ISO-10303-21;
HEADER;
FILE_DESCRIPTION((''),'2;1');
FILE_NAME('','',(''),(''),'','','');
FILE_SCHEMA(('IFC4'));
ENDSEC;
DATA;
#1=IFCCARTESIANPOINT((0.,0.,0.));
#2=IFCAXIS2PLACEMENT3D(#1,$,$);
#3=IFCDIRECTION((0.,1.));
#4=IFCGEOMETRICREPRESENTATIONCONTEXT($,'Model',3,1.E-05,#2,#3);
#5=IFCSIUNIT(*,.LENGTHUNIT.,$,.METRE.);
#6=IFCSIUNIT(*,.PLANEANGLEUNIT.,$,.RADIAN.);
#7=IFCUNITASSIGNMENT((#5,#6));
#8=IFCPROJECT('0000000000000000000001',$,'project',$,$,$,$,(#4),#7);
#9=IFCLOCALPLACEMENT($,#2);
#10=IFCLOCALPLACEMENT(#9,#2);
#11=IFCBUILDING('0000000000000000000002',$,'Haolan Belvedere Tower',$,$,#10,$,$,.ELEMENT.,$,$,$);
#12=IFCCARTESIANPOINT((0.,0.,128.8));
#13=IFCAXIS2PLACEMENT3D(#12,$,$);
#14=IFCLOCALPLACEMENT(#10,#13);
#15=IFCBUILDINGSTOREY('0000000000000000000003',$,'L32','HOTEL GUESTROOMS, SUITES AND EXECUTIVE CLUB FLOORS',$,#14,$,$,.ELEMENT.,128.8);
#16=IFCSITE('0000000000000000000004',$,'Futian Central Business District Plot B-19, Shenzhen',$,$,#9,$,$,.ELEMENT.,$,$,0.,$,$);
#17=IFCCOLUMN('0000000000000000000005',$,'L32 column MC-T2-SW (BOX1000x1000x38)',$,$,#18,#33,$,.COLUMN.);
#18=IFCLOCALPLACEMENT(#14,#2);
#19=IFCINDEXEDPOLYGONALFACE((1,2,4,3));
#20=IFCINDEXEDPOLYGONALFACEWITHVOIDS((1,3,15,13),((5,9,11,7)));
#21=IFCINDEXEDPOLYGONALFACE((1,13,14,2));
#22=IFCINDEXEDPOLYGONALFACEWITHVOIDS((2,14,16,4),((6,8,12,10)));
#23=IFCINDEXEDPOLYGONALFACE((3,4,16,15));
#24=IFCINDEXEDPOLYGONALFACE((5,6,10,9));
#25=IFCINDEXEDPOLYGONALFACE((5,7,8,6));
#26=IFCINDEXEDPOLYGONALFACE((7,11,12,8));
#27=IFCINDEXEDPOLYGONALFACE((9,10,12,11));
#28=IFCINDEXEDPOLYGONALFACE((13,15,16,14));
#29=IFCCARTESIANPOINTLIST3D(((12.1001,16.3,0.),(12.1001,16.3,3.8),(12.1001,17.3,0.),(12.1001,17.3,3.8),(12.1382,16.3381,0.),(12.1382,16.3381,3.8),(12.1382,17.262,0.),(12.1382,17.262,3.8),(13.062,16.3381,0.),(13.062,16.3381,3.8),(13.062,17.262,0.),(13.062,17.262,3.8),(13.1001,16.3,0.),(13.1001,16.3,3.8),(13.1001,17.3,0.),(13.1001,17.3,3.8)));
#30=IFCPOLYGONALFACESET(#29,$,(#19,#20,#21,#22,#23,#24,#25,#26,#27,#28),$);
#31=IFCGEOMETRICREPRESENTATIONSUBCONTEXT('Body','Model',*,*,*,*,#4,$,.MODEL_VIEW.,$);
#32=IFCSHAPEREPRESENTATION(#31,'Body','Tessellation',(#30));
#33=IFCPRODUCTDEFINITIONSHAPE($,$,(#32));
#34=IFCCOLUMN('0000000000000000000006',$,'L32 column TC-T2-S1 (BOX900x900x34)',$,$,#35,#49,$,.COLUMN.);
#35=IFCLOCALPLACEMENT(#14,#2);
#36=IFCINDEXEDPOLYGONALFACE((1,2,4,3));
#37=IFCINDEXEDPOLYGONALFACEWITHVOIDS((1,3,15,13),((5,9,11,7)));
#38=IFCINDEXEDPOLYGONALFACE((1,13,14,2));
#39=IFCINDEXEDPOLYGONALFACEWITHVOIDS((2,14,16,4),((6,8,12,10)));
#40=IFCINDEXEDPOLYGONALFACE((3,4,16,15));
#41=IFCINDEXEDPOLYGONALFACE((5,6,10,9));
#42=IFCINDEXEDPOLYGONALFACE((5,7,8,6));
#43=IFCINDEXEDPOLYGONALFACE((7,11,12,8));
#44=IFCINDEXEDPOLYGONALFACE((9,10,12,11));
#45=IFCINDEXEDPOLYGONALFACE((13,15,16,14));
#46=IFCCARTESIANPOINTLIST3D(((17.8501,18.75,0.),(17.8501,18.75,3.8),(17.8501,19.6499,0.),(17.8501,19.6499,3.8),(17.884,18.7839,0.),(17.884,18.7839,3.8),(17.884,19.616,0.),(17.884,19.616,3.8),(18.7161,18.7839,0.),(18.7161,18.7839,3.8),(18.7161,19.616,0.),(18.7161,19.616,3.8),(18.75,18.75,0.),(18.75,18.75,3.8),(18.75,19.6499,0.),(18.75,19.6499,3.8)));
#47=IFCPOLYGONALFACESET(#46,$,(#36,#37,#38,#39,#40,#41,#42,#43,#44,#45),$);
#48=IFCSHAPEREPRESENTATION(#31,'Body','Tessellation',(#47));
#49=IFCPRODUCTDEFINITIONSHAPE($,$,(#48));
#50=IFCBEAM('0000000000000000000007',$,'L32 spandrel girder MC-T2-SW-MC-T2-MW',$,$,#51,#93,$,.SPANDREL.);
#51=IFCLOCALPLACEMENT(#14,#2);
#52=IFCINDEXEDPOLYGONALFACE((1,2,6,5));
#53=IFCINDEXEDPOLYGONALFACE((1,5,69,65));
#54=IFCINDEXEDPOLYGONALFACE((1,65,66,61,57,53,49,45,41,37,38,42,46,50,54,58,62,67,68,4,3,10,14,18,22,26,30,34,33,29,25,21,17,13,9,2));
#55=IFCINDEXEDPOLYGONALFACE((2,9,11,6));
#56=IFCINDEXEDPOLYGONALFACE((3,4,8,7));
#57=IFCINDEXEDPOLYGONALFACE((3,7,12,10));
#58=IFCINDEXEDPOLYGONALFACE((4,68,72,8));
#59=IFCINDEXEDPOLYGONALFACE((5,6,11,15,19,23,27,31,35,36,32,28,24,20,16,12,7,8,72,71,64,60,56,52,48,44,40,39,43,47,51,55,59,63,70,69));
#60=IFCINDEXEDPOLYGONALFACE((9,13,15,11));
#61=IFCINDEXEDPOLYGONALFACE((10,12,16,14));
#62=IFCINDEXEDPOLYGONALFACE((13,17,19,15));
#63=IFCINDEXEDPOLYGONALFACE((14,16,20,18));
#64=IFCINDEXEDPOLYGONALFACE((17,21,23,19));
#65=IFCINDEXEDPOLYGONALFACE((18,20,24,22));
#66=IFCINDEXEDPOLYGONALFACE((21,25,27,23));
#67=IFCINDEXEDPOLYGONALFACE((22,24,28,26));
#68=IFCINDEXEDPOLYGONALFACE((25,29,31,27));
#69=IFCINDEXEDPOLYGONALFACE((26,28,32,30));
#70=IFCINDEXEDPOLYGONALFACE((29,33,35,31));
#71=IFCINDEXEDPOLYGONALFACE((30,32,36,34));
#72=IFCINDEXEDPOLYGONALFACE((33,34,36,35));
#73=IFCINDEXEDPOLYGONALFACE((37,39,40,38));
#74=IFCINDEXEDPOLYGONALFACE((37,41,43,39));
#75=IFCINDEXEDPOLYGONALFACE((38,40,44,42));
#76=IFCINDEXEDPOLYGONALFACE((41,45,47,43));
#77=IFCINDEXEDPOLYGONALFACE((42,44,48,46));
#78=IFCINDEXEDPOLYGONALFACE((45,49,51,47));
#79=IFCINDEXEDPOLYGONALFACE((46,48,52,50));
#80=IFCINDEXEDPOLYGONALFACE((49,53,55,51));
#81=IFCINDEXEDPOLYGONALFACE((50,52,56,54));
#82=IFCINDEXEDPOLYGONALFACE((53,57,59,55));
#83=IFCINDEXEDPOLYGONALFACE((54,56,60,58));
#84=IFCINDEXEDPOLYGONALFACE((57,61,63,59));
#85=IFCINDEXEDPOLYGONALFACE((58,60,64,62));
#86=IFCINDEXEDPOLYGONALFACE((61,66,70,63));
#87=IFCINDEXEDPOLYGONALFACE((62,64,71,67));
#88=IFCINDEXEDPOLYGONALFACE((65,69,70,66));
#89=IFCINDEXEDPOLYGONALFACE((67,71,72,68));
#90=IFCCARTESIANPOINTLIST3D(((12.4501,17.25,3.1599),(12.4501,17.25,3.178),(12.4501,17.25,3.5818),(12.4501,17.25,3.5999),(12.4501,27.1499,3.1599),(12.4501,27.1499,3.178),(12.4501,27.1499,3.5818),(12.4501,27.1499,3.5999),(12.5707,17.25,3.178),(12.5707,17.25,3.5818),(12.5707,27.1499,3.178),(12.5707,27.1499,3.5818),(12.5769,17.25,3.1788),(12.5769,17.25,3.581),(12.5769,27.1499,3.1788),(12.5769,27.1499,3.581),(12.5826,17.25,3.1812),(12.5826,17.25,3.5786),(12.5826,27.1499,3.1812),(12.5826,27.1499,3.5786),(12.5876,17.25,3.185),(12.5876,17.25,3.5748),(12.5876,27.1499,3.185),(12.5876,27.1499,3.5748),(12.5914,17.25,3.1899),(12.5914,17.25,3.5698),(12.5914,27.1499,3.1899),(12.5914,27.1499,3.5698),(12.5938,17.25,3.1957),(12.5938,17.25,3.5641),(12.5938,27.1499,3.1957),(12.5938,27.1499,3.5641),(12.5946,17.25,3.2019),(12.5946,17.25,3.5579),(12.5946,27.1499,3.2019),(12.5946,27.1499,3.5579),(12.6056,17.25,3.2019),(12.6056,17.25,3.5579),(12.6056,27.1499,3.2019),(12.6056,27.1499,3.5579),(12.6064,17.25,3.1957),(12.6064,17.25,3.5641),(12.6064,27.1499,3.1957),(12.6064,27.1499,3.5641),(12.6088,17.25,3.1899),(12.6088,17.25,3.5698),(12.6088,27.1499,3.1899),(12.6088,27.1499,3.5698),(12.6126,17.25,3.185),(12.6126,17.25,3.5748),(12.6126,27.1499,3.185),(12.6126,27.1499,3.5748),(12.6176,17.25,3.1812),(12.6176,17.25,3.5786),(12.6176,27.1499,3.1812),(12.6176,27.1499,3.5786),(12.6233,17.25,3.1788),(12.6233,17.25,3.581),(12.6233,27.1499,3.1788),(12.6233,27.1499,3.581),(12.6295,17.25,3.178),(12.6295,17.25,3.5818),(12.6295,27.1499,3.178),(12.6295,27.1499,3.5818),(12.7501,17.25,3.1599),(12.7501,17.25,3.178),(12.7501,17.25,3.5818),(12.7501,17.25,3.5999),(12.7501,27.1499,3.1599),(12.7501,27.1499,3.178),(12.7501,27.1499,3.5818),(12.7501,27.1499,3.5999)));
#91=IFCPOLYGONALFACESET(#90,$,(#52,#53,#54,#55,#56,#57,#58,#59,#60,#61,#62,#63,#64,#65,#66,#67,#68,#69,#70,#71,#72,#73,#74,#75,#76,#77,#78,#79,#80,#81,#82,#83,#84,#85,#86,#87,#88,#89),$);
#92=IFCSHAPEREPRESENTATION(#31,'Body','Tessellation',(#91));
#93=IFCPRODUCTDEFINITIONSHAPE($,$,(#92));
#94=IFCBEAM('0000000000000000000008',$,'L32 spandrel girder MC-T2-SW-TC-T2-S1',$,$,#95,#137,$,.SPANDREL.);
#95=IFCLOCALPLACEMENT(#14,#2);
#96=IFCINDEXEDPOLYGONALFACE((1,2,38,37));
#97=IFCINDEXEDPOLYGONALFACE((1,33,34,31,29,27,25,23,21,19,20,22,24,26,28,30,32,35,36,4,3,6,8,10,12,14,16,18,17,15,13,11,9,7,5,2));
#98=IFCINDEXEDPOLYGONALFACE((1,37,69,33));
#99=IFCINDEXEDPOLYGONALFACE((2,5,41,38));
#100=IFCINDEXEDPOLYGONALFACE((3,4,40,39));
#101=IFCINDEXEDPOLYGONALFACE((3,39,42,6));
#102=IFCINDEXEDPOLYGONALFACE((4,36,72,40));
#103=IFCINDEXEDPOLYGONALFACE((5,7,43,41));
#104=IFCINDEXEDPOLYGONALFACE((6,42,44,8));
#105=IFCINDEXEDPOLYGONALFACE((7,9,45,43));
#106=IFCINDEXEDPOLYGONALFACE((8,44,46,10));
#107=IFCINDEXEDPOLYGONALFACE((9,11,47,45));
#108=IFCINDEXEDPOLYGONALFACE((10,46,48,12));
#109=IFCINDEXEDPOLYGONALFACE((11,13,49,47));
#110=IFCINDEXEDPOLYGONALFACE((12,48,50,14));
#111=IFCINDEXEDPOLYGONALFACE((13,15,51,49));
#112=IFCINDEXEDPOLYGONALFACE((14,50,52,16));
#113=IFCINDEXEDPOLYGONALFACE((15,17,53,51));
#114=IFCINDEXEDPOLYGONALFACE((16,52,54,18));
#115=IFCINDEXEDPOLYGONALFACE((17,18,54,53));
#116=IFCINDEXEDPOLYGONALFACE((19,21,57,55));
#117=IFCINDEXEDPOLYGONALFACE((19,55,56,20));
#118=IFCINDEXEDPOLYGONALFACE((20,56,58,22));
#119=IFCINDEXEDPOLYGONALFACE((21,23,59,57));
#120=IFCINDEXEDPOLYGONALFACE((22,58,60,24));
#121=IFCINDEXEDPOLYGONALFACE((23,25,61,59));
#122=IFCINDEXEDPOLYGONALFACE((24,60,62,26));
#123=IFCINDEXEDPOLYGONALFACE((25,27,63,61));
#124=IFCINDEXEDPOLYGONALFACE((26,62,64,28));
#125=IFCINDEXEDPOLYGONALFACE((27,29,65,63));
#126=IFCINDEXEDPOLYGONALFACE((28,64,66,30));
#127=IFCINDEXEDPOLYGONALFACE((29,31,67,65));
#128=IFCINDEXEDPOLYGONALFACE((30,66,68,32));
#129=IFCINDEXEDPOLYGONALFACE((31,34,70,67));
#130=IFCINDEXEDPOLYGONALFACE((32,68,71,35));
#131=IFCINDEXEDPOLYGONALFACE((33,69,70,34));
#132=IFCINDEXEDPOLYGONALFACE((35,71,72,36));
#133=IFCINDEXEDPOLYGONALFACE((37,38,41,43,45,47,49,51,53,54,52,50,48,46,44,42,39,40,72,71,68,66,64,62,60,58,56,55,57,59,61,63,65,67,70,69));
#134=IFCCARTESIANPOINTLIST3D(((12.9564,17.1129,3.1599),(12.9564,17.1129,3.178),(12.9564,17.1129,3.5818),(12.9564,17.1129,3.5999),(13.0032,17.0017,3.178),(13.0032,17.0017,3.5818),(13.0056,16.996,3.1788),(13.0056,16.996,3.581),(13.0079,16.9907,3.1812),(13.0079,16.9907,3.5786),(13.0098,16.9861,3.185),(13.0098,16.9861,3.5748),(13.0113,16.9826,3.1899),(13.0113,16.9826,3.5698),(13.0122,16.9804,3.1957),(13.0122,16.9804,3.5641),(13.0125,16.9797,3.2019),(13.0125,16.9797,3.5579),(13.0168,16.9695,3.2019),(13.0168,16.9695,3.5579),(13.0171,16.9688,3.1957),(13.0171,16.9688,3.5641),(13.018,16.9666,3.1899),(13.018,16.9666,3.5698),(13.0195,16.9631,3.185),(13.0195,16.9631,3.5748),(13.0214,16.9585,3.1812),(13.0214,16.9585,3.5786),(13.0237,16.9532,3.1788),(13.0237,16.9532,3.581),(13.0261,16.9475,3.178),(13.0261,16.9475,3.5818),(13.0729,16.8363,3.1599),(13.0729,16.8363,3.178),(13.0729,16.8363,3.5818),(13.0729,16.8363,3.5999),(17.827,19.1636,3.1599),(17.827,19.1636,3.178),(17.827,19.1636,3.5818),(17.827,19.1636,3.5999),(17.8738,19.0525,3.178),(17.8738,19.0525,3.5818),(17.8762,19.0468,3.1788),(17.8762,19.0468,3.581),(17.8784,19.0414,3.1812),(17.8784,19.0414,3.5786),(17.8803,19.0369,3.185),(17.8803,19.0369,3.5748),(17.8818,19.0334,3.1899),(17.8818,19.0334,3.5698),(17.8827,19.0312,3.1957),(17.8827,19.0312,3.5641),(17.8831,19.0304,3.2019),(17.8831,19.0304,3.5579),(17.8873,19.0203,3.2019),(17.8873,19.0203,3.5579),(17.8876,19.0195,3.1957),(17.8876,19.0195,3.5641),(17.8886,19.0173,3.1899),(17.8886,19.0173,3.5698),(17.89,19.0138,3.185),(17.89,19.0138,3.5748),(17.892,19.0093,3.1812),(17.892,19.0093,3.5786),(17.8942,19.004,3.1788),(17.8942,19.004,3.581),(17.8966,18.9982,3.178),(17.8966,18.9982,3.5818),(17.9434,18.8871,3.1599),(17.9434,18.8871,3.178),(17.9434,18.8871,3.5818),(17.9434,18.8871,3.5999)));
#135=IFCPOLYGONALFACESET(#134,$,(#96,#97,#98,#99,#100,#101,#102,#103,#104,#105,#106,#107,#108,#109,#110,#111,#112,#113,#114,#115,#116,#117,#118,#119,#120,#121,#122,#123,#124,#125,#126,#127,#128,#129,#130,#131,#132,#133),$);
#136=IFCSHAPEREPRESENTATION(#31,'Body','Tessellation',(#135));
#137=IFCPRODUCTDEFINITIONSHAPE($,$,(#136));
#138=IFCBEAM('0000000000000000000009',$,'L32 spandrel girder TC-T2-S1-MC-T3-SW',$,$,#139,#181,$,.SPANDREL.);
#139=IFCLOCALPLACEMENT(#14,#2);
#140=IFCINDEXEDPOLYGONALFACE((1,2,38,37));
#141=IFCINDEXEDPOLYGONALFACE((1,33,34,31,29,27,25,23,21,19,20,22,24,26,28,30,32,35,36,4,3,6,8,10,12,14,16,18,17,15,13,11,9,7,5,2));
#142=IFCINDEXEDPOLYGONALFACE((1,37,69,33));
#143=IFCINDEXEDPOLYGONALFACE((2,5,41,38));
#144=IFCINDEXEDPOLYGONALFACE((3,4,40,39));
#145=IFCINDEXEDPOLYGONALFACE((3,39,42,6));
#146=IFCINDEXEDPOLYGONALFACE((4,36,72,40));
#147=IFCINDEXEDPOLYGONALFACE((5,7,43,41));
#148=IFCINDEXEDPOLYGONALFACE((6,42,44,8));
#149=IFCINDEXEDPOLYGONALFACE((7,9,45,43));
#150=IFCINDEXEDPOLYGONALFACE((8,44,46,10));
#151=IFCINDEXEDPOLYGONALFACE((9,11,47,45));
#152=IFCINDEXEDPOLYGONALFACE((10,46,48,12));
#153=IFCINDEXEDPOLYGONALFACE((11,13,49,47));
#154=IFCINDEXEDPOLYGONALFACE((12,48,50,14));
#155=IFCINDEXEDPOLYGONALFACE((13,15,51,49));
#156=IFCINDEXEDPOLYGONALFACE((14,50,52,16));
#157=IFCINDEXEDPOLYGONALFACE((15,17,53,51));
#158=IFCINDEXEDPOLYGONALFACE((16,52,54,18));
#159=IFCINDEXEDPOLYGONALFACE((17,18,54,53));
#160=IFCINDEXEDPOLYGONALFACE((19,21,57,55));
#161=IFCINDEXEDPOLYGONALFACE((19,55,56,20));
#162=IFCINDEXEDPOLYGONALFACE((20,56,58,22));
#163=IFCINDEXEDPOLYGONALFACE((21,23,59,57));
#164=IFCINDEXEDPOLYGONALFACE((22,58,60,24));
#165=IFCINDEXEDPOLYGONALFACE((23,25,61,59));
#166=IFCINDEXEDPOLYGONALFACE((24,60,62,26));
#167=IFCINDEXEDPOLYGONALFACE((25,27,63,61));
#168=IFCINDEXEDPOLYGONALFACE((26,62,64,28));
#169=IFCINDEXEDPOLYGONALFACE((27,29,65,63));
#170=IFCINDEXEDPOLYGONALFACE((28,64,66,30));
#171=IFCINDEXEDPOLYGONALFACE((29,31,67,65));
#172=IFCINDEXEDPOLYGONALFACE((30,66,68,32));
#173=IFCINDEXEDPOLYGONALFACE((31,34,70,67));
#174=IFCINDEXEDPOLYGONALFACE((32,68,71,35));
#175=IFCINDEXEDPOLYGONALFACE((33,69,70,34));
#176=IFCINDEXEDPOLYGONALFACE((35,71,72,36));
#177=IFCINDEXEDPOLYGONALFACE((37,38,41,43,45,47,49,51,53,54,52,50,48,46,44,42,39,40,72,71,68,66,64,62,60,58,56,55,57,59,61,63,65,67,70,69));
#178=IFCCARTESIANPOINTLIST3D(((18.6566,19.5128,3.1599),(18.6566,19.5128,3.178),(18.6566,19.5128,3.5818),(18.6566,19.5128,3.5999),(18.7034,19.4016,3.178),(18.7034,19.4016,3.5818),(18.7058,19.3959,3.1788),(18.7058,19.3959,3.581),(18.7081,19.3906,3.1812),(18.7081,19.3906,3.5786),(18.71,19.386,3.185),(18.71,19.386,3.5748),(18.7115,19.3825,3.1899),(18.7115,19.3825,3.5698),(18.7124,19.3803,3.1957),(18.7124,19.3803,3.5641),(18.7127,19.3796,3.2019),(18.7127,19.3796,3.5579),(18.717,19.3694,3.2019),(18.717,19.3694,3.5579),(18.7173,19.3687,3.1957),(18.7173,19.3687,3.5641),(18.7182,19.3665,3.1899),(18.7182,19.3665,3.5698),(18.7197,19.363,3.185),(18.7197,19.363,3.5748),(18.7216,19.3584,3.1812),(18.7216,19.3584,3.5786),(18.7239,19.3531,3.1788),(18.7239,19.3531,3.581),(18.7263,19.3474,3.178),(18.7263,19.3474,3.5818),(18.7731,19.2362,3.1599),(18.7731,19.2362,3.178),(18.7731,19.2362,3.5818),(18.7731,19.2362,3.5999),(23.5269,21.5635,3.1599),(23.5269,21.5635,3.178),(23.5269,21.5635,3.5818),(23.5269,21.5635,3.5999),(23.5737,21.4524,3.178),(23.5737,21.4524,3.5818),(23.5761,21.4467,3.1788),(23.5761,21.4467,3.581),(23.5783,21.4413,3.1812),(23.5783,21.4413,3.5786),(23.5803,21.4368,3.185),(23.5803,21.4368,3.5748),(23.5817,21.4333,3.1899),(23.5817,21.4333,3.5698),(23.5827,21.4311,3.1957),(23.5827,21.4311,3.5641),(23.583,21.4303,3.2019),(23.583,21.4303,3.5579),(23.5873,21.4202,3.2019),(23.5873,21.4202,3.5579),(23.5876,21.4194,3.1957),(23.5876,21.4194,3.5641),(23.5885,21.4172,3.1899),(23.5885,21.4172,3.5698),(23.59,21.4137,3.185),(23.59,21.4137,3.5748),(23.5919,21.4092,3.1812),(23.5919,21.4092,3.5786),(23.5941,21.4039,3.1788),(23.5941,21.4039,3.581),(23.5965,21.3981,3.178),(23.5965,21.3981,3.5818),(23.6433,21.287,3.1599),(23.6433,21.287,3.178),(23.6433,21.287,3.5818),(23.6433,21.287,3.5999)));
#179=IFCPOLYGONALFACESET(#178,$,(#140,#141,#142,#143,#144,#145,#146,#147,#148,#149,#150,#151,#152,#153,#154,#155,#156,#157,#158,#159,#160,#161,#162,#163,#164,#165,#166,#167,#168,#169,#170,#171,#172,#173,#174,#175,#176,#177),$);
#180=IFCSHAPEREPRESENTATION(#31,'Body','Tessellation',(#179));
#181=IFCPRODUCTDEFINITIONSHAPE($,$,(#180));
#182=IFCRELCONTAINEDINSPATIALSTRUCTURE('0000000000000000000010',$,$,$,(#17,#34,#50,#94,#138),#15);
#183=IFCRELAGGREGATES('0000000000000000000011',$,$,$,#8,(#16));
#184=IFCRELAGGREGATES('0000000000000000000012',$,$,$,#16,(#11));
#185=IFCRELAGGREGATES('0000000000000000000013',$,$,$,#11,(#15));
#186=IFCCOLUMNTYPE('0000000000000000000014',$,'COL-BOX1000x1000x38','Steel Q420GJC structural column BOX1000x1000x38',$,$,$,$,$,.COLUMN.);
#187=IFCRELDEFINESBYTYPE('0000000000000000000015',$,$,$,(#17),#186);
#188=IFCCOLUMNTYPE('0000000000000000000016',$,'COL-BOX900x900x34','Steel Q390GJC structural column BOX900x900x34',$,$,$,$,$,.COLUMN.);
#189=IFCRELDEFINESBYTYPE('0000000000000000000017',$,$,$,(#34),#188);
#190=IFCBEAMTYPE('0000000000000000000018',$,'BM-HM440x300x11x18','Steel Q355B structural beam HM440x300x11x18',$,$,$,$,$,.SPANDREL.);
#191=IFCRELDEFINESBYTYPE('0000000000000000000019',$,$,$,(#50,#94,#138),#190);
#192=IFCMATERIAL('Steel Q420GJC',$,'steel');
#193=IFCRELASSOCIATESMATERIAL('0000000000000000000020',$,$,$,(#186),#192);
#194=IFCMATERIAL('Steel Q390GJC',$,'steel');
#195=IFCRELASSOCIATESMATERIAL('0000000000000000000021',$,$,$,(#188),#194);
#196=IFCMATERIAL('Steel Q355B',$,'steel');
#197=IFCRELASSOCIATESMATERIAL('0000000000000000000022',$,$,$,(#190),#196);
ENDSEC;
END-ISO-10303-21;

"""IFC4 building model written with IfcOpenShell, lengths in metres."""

from ifc_helpers import new_model, si_unit, direction, frame, origin, origin_2d, place, context, subcontext, project, spatial, hollow_rectangle, i_section, extrude, material, material_profile, profile_set, type_object, element, save


model = new_model("IFC4")

# Units and contexts
model_context = context("Model", 3, precision=1e-05, world=origin(), true_north=direction((0.0, 1.0)))
body_context = subcontext(model_context, "Body", "Model", "MODEL_VIEW")
ifc_project = project(units=[si_unit("LENGTHUNIT", "METRE"), si_unit("PLANEANGLEUNIT", "RADIAN")], contexts=[model_context])

# Site, building, storey
site_placement = place(None, origin())
site = spatial("IfcSite", under=ifc_project, at=site_placement, Name="Futian Central Business District Plot B-19, Shenzhen", CompositionType="ELEMENT", RefElevation=0.0)
building_placement = place(site_placement, origin())
building = spatial("IfcBuilding", under=site, at=building_placement, Name="Haolan Belvedere Tower", CompositionType="ELEMENT")
storey_placement = place(building_placement, frame((0.0, 0.0, 128.8)))
storey = spatial("IfcBuildingStorey", under=building, at=storey_placement, Name="L32", Description="HOTEL GUESTROOMS, SUITES AND EXECUTIVE CLUB FLOORS", CompositionType="ELEMENT", Elevation=128.8)

# Columns
ifc_material_1 = material(Name="Steel Q420GJC", Category="steel")
ifc_material_profile_1 = material_profile(ifc_material_1, hollow_rectangle(XDim=1.0, YDim=1.0, WallThickness=0.0381, at=origin_2d()), Name="Steel Q420GJC")
ifc_profile_set_1 = profile_set([ifc_material_profile_1], Name="Steel Q420GJC")
column_type_1 = type_object("IfcColumnType", Name="COL-BOX1000x1000x38", Description="Steel Q420GJC structural column BOX1000x1000x38", PredefinedType="COLUMN", material=ifc_profile_set_1)
column_1_placement = place(storey_placement, frame((12.6001, 16.8, 0.0), z_axis=(0.0, 0.0, 1.0), x_axis=(1.0, 0.0, 0.0)))
element("IfcColumn", 1, at=column_1_placement, inside=storey, type_object=column_type_1, Name="L32 column MC-T2-SW (BOX1000x1000x38)", PredefinedType="COLUMN", context=body_context, shape_type="SweptSolid", body=[
    extrude(hollow_rectangle(XDim=1.0, YDim=1.0, WallThickness=0.0381, at=origin_2d()), origin(), (0.0, 0.0, 1.0), 3.8),
])
ifc_material_2 = material(Name="Steel Q390GJC", Category="steel")
ifc_material_profile_2 = material_profile(ifc_material_2, hollow_rectangle(XDim=0.8999, YDim=0.8999, WallThickness=0.0339, at=origin_2d()), Name="Steel Q390GJC")
ifc_profile_set_2 = profile_set([ifc_material_profile_2], Name="Steel Q390GJC")
column_type_2 = type_object("IfcColumnType", Name="COL-BOX900x900x34", Description="Steel Q390GJC structural column BOX900x900x34", PredefinedType="COLUMN", material=ifc_profile_set_2)
column_2_placement = place(storey_placement, frame((18.3, 19.2, 0.0), z_axis=(0.0, 0.0, 1.0), x_axis=(1.0, 0.0, 0.0)))
element("IfcColumn", 2, at=column_2_placement, inside=storey, type_object=column_type_2, Name="L32 column TC-T2-S1 (BOX900x900x34)", PredefinedType="COLUMN", context=body_context, shape_type="SweptSolid", body=[
    extrude(hollow_rectangle(XDim=0.8999, YDim=0.8999, WallThickness=0.0339, at=origin_2d()), origin(), (0.0, 0.0, 1.0), 3.8),
])

# Beams
ifc_material_3 = material(Name="Steel Q355B", Category="steel")
ifc_material_profile_3 = material_profile(ifc_material_3, i_section(OverallWidth=0.3, OverallDepth=0.4399, WebThickness=0.011, FlangeThickness=0.0181, FilletRadius=0.0239, at=origin_2d()), Name="Steel Q355B")
ifc_profile_set_3 = profile_set([ifc_material_profile_3], Name="Steel Q355B")
beam_type_1 = type_object("IfcBeamType", Name="BM-HM440x300x11x18", Description="Steel Q355B structural beam HM440x300x11x18", PredefinedType="SPANDREL", material=ifc_profile_set_3)
beam_1_placement = place(storey_placement, frame((12.6001, 17.25, 3.3799), z_axis=(0.0, 1.0, 0.0), x_axis=(-1.0, 0.0, 0.0)))
element("IfcBeam", 3, at=beam_1_placement, inside=storey, type_object=beam_type_1, Name="L32 spandrel girder MC-T2-SW-MC-T2-MW", PredefinedType="SPANDREL", context=body_context, shape_type="SweptSolid", body=[
    extrude(i_section(OverallWidth=0.3, OverallDepth=0.4399, WebThickness=0.011, FlangeThickness=0.0181, FilletRadius=0.0239, at=origin_2d()), origin(), (0.0, 0.0, 1.0), 9.8999),
])
beam_2_placement = place(storey_placement, frame((13.0146, 16.9746, 3.3799), z_axis=(0.921635, 0.388057, 0.0), x_axis=(-0.388057, 0.921635, 0.0)))
element("IfcBeam", 4, at=beam_2_placement, inside=storey, type_object=beam_type_1, Name="L32 spandrel girder MC-T2-SW-TC-T2-S1", PredefinedType="SPANDREL", context=body_context, shape_type="SweptSolid", body=[
    extrude(i_section(OverallWidth=0.3, OverallDepth=0.4399, WebThickness=0.011, FlangeThickness=0.0181, FilletRadius=0.0239, at=origin_2d()), origin(), (0.0, 0.0, 1.0), 5.2847),
])
beam_3_placement = place(storey_placement, frame((18.7148, 19.3745, 3.3799), z_axis=(0.921628, 0.388074, 0.0), x_axis=(-0.388074, 0.921628, 0.0)))
element("IfcBeam", 5, at=beam_3_placement, inside=storey, type_object=beam_type_1, Name="L32 spandrel girder TC-T2-S1-MC-T3-SW", PredefinedType="SPANDREL", context=body_context, shape_type="SweptSolid", body=[
    extrude(i_section(OverallWidth=0.3, OverallDepth=0.4399, WebThickness=0.011, FlangeThickness=0.0181, FilletRadius=0.0239, at=origin_2d()), origin(), (0.0, 0.0, 1.0), 5.2844),
])

save(model, "model.ifc")
